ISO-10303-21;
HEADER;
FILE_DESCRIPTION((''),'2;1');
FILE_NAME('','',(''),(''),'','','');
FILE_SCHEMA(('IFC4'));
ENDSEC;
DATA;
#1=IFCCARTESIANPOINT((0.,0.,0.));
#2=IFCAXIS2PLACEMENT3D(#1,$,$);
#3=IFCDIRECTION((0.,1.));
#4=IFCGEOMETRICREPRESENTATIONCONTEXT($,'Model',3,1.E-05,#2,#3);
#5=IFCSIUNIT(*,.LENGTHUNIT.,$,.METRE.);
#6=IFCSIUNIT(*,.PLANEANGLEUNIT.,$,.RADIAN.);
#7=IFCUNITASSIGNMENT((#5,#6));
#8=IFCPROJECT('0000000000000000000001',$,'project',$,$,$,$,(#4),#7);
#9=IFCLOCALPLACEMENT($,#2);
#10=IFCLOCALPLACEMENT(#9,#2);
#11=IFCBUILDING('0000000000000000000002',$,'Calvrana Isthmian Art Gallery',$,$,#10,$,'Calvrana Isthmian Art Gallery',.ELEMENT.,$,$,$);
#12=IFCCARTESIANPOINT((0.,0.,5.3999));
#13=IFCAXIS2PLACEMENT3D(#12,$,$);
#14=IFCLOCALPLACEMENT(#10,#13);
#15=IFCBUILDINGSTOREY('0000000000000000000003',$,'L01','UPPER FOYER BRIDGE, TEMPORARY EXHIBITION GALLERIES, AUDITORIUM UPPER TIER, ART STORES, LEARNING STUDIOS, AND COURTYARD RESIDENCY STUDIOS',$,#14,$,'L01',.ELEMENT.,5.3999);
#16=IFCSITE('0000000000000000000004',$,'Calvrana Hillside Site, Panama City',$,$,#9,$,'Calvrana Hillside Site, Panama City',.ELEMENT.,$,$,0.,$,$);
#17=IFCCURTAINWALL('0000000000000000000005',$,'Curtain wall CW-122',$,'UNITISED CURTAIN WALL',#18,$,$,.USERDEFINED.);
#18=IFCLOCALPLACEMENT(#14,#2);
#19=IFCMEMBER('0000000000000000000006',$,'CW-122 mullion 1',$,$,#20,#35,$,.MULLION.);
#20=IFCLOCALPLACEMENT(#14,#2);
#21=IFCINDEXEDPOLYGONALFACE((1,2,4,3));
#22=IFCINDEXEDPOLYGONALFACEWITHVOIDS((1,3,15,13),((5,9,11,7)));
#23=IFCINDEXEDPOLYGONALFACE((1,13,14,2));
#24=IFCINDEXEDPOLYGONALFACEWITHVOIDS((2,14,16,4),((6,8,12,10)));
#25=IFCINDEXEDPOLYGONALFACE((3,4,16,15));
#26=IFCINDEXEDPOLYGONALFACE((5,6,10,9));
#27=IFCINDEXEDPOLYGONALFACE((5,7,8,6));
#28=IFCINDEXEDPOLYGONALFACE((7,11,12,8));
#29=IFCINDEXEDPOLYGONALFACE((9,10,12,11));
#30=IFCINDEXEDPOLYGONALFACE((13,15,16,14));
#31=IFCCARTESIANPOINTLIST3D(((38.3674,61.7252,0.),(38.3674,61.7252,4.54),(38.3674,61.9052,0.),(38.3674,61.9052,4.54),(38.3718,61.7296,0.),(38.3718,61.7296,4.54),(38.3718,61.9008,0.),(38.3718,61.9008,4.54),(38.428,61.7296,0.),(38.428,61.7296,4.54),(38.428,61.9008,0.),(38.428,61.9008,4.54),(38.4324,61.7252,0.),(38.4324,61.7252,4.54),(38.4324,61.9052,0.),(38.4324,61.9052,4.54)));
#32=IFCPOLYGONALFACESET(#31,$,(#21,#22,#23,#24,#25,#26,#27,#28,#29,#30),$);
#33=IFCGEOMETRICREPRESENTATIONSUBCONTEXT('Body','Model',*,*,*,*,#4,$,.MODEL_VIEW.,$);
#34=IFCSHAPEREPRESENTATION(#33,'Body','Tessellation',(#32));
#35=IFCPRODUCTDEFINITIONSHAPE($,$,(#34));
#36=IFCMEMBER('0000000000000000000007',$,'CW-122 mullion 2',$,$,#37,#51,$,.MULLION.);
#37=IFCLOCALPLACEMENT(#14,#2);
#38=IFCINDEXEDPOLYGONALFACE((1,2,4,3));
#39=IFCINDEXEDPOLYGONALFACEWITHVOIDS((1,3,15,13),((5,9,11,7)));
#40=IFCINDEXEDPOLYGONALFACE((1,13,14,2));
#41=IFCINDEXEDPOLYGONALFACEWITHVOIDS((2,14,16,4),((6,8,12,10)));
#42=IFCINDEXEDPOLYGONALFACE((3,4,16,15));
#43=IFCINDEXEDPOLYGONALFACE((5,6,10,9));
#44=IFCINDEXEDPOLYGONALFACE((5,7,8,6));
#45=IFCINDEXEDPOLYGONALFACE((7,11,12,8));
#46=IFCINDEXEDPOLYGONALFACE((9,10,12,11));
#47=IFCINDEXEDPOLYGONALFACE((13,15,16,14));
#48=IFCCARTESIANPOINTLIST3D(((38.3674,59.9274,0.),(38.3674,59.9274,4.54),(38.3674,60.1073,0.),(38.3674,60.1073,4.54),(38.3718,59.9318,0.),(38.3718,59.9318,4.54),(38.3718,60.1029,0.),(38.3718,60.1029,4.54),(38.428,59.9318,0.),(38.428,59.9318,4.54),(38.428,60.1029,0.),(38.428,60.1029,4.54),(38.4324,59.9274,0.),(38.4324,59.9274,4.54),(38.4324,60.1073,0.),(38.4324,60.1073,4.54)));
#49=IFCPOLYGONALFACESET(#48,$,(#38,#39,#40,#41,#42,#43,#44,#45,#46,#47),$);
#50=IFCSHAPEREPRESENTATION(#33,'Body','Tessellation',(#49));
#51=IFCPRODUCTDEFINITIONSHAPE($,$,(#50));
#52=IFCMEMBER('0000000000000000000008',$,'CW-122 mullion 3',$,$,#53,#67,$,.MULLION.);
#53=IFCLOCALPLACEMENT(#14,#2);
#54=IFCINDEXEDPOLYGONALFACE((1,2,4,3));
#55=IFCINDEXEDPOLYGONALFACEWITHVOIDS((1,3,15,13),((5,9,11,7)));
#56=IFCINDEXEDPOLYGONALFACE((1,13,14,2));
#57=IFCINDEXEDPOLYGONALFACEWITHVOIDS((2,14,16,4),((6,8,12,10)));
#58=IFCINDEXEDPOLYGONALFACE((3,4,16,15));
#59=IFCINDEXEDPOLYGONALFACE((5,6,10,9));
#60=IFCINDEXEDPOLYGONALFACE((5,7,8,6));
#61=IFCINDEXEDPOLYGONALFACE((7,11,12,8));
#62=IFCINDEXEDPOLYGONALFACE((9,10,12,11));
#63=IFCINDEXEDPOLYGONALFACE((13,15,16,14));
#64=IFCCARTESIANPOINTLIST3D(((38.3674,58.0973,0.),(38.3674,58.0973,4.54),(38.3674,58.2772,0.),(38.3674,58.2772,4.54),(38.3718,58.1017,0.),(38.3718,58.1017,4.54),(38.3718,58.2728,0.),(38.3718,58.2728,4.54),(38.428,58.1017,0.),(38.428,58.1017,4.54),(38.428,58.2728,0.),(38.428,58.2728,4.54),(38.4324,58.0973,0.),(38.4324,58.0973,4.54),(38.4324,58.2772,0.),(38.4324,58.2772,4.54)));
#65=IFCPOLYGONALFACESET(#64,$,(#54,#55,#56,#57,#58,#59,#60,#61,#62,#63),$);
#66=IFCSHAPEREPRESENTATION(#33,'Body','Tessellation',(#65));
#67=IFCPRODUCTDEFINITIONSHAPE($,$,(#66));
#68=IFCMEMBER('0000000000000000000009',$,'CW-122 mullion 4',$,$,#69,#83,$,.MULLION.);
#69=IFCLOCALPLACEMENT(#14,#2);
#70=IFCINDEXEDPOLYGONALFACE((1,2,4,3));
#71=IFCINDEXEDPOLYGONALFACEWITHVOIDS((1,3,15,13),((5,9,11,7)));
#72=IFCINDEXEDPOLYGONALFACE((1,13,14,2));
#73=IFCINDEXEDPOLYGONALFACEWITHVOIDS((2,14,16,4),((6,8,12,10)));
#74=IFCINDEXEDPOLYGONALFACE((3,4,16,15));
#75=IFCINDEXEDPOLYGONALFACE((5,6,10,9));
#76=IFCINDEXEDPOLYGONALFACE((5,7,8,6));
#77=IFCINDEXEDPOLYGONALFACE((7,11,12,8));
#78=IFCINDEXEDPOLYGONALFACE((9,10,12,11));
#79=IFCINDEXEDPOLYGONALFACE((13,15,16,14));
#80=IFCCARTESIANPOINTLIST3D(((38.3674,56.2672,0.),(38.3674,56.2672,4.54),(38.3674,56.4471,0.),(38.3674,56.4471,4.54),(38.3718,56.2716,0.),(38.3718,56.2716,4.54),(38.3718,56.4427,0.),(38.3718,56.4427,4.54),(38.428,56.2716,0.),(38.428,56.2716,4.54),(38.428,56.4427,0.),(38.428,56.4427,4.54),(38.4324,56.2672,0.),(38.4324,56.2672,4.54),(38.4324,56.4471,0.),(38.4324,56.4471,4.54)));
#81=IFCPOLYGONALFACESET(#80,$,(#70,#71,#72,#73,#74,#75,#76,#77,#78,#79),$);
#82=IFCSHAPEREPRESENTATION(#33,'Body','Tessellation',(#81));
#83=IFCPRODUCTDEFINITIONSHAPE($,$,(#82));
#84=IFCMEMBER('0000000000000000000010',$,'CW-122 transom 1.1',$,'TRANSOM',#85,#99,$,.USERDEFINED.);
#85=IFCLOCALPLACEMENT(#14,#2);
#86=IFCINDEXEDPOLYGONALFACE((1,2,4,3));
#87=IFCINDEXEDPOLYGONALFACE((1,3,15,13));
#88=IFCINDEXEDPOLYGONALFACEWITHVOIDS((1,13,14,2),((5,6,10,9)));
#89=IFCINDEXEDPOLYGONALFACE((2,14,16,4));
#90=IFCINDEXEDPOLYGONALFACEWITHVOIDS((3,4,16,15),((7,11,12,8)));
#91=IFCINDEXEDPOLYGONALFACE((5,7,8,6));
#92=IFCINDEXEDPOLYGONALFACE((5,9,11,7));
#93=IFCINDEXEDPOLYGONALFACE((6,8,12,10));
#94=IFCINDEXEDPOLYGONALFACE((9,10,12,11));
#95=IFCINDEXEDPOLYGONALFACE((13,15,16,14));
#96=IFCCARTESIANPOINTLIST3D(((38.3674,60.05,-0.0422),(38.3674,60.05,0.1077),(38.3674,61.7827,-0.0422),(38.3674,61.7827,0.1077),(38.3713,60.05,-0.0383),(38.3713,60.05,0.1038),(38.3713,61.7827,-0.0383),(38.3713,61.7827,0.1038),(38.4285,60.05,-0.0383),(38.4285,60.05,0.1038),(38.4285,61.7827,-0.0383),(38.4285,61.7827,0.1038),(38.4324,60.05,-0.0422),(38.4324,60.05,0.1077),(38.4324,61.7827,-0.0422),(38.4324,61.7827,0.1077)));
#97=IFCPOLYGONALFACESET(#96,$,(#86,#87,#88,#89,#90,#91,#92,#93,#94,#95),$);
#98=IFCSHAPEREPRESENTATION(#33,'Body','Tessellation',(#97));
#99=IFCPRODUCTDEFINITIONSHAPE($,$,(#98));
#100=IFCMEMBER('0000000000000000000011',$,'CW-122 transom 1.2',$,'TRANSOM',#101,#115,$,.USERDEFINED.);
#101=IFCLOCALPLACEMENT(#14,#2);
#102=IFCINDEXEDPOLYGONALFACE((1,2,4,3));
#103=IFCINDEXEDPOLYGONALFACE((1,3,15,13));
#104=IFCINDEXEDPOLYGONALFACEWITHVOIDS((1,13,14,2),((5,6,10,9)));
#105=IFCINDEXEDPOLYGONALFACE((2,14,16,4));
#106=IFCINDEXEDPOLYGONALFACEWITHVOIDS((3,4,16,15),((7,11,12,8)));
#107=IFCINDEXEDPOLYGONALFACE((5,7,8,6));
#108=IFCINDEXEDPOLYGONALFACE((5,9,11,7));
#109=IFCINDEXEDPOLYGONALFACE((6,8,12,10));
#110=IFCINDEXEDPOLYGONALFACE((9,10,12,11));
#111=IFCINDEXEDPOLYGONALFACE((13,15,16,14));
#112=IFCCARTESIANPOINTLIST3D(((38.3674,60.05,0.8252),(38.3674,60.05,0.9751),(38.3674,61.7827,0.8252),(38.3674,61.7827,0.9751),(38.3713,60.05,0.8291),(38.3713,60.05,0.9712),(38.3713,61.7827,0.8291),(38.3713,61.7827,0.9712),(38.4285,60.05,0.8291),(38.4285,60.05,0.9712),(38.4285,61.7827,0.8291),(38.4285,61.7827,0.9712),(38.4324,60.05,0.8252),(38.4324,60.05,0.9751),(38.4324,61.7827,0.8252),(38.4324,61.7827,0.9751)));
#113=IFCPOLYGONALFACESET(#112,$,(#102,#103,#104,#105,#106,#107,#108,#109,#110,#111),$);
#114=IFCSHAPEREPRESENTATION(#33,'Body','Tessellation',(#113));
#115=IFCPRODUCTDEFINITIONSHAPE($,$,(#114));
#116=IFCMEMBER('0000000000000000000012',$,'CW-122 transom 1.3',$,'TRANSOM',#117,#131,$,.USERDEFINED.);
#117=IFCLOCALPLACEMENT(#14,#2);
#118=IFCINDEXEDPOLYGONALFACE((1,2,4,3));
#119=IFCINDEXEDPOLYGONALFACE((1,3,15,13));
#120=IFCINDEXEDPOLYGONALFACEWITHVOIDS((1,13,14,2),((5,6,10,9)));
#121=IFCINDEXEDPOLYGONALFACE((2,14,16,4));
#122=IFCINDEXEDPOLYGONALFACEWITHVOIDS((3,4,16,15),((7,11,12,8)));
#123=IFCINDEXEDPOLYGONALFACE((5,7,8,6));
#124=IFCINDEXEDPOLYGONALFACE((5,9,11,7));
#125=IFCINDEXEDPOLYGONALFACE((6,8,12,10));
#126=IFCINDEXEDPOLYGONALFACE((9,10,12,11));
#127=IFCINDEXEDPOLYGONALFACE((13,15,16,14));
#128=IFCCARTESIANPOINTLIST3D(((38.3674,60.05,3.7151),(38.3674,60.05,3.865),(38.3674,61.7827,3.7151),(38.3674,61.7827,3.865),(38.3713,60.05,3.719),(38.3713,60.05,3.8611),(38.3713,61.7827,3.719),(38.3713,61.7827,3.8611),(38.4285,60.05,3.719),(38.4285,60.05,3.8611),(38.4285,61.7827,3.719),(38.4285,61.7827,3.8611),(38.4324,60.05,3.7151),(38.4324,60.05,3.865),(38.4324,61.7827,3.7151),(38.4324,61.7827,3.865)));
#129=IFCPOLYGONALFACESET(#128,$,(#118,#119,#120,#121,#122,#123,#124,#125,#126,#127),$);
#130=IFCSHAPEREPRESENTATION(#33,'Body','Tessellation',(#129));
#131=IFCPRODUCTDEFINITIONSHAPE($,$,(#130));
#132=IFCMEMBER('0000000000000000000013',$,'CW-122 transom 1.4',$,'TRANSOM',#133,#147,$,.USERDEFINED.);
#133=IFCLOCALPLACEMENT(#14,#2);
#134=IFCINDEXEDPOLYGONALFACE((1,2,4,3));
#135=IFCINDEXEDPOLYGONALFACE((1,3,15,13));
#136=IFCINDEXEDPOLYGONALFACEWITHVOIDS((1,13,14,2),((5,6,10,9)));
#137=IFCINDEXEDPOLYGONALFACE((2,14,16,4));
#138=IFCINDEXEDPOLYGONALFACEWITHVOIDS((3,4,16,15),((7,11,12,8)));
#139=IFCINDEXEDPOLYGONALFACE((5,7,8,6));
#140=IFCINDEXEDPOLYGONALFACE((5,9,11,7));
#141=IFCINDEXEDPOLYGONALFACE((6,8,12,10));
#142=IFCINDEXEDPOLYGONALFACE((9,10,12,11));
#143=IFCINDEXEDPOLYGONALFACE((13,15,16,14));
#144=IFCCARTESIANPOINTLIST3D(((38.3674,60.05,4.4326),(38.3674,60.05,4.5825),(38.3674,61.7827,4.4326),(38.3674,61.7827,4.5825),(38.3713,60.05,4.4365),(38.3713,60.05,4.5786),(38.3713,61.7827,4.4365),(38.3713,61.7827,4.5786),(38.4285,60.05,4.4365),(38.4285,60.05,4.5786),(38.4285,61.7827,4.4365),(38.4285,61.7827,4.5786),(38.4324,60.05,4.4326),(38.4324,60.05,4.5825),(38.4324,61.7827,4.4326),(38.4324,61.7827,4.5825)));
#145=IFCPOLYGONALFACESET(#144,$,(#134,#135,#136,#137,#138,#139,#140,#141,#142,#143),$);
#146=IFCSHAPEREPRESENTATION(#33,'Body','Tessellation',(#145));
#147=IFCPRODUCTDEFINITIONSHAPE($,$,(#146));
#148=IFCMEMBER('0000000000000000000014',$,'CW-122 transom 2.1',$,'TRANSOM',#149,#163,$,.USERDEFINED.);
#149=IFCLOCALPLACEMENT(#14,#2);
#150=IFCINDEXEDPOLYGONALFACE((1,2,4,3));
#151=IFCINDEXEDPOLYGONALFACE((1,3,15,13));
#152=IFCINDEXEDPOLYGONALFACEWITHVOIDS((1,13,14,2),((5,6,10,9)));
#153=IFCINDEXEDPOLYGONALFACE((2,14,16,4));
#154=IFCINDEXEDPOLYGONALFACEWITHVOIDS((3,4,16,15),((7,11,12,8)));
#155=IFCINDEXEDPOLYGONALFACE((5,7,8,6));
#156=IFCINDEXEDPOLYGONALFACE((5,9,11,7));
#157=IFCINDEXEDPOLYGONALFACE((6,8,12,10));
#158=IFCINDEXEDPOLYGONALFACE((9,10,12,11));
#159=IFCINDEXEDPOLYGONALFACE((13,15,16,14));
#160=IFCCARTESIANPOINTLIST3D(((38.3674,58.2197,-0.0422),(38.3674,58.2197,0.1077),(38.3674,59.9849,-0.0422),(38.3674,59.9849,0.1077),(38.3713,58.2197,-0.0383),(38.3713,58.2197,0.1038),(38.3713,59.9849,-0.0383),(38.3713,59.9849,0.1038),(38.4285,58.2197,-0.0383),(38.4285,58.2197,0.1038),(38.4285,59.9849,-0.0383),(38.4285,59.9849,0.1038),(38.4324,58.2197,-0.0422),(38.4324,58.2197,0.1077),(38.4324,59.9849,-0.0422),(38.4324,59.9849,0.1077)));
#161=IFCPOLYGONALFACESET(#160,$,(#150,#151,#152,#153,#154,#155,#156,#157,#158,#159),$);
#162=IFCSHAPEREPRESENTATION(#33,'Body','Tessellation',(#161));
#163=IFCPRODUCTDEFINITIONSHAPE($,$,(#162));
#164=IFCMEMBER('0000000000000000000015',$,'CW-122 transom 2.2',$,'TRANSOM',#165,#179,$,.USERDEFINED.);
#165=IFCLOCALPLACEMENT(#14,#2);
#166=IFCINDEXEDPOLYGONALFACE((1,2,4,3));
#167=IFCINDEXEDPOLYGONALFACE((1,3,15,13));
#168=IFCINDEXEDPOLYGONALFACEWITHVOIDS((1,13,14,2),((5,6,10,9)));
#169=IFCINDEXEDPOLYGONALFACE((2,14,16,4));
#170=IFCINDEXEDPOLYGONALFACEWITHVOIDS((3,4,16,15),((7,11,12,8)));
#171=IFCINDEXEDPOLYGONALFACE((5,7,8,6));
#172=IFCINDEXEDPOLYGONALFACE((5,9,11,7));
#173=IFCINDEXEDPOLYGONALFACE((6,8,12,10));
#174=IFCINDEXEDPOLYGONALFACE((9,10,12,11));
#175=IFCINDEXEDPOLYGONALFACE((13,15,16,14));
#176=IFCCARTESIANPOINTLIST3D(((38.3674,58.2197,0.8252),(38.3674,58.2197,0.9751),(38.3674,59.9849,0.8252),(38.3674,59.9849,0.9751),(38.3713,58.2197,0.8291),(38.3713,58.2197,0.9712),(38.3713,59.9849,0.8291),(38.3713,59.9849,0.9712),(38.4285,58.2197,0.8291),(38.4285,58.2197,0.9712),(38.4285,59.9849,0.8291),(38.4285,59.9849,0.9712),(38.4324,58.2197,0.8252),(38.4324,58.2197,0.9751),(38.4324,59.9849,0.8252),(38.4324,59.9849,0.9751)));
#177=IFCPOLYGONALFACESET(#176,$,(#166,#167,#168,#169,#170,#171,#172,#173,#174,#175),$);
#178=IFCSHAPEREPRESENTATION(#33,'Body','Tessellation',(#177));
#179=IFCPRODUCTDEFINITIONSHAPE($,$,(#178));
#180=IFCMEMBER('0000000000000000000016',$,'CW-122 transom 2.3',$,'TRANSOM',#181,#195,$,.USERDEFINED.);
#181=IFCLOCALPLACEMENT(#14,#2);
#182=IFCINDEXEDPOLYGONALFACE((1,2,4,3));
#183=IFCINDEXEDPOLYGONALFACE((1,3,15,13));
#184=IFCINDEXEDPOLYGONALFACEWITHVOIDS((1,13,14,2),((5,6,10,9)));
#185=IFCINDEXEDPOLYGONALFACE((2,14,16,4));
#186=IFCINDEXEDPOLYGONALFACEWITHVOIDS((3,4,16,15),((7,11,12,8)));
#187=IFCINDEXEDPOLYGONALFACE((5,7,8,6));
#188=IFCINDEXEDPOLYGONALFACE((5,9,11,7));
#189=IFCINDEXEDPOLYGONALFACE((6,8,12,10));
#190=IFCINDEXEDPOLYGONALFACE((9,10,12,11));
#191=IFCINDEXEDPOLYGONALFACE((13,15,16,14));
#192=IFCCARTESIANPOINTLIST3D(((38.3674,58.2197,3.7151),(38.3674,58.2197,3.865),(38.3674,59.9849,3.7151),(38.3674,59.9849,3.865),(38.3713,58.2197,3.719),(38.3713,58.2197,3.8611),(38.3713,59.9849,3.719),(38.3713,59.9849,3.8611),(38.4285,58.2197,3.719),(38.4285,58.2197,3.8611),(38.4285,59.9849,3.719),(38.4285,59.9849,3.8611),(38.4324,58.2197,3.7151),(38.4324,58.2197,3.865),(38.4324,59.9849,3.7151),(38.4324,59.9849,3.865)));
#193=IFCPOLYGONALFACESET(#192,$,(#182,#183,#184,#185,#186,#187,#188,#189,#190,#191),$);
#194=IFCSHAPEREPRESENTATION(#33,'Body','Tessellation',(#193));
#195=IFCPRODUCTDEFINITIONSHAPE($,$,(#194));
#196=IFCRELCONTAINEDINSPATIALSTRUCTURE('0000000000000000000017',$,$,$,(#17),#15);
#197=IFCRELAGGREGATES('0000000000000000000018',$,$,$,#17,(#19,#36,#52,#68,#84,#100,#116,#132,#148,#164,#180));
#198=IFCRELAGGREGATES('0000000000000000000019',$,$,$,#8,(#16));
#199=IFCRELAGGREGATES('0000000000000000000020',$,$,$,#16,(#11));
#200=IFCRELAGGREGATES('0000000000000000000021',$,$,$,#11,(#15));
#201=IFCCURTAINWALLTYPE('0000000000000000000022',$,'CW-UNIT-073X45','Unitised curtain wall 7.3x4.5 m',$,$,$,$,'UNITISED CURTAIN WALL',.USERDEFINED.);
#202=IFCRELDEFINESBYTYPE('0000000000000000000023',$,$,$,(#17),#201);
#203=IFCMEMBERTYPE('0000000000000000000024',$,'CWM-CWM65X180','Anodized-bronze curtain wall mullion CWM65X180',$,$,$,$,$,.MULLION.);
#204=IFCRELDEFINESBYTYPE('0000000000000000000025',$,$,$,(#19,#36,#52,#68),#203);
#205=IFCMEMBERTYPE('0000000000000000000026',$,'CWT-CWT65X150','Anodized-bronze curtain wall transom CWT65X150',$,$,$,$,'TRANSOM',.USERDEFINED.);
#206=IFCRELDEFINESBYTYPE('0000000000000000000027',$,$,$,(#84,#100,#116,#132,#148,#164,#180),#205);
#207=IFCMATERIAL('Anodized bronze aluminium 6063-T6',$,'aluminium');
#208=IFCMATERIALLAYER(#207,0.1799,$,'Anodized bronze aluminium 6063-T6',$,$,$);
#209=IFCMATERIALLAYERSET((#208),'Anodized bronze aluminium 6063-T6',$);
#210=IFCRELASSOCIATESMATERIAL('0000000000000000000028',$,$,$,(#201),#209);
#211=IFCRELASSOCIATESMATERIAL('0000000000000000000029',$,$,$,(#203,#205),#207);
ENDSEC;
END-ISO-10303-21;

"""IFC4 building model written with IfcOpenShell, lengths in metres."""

from ifc_helpers import new_model, si_unit, direction, frame, origin, origin_2d, place, context, subcontext, project, spatial, hollow_rectangle, extrude, material, layer, layer_set, material_profile, profile_set, type_object, element, aggregate, save


model = new_model("IFC4")

# Units and contexts
model_context = context("Model", 3, precision=1e-05, world=origin(), true_north=direction((0.0, 1.0)))
body_context = subcontext(model_context, "Body", "Model", "MODEL_VIEW")
ifc_project = project(units=[si_unit("LENGTHUNIT", "METRE"), si_unit("PLANEANGLEUNIT", "RADIAN")], contexts=[model_context])

# Site, building, storey
site_placement = place(None, origin())
site = spatial("IfcSite", under=ifc_project, at=site_placement, Name="Calvrana Hillside Site, Panama City", LongName="Calvrana Hillside Site, Panama City", CompositionType="ELEMENT", RefElevation=0.0)
building_placement = place(site_placement, origin())
building = spatial("IfcBuilding", under=site, at=building_placement, Name="Calvrana Isthmian Art Gallery", LongName="Calvrana Isthmian Art Gallery", CompositionType="ELEMENT")
storey_placement = place(building_placement, frame((0.0, 0.0, 5.3999)))
storey = spatial("IfcBuildingStorey", under=building, at=storey_placement, Name="L01", Description="UPPER FOYER BRIDGE, TEMPORARY EXHIBITION GALLERIES, AUDITORIUM UPPER TIER, ART STORES, LEARNING STUDIOS, AND COURTYARD RESIDENCY STUDIOS", LongName="L01", CompositionType="ELEMENT", Elevation=5.3999)

# Curtain wall, members
ifc_material_1 = material(Name="Anodized bronze aluminium 6063-T6", Category="aluminium")
ifc_layer_1 = layer(ifc_material_1, 0.1799, Name="Anodized bronze aluminium 6063-T6")
ifc_layer_set_1 = layer_set([ifc_layer_1], Name="Anodized bronze aluminium 6063-T6")
curtain_wall_type_1 = type_object("IfcCurtainWallType", Name="CW-UNIT-073X45", Description="Unitised curtain wall 7.3x4.5 m", ElementType="UNITISED CURTAIN WALL", PredefinedType="USERDEFINED", material=ifc_layer_set_1)
curtain_wall_1_placement = place(storey_placement, origin())
curtain_wall_1 = element("IfcCurtainWall", 1, at=curtain_wall_1_placement, inside=storey, type_object=curtain_wall_type_1, Name="Curtain wall CW-122", ObjectType="UNITISED CURTAIN WALL", PredefinedType="USERDEFINED")
ifc_material_profile_1 = material_profile(ifc_material_1, hollow_rectangle(XDim=0.0649, YDim=0.1799, WallThickness=0.0044, at=origin_2d()), Name="CWM65X180")
ifc_profile_set_1 = profile_set([ifc_material_profile_1], Name="Anodized bronze aluminium 6063-T6")
member_type_1 = type_object("IfcMemberType", Name="CWM-CWM65X180", Description="Anodized-bronze curtain wall mullion CWM65X180", PredefinedType="MULLION", material=ifc_profile_set_1)
member_1_placement = place(storey_placement, frame((38.3999, 61.8152, 0.0), z_axis=(0.0, 0.0, 1.0), x_axis=(1.0, 0.0, 0.0)))
member_1 = element("IfcMember", 2, at=member_1_placement, type_object=member_type_1, Name="CW-122 mullion 1", PredefinedType="MULLION", context=body_context, shape_type="SweptSolid", body=[
    extrude(hollow_rectangle(XDim=0.0649, YDim=0.1799, WallThickness=0.0044, at=origin_2d()), origin(), (0.0, 0.0, 1.0), 4.54),
])
member_2_placement = place(storey_placement, frame((38.3999, 60.0173, 0.0), z_axis=(0.0, 0.0, 1.0), x_axis=(1.0, 0.0, 0.0)))
member_2 = element("IfcMember", 3, at=member_2_placement, type_object=member_type_1, Name="CW-122 mullion 2", PredefinedType="MULLION", context=body_context, shape_type="SweptSolid", body=[
    extrude(hollow_rectangle(XDim=0.0649, YDim=0.1799, WallThickness=0.0044, at=origin_2d()), origin(), (0.0, 0.0, 1.0), 4.54),
])
member_3_placement = place(storey_placement, frame((38.3999, 58.1873, 0.0), z_axis=(0.0, 0.0, 1.0), x_axis=(1.0, 0.0, 0.0)))
member_3 = element("IfcMember", 4, at=member_3_placement, type_object=member_type_1, Name="CW-122 mullion 3", PredefinedType="MULLION", context=body_context, shape_type="SweptSolid", body=[
    extrude(hollow_rectangle(XDim=0.0649, YDim=0.1799, WallThickness=0.0044, at=origin_2d()), origin(), (0.0, 0.0, 1.0), 4.54),
])
member_4_placement = place(storey_placement, frame((38.3999, 56.3572, 0.0), z_axis=(0.0, 0.0, 1.0), x_axis=(1.0, 0.0, 0.0)))
member_4 = element("IfcMember", 5, at=member_4_placement, type_object=member_type_1, Name="CW-122 mullion 4", PredefinedType="MULLION", context=body_context, shape_type="SweptSolid", body=[
    extrude(hollow_rectangle(XDim=0.0649, YDim=0.1799, WallThickness=0.0044, at=origin_2d()), origin(), (0.0, 0.0, 1.0), 4.54),
])
ifc_material_profile_2 = material_profile(ifc_material_1, hollow_rectangle(XDim=0.0649, YDim=0.1499, WallThickness=0.0039, at=origin_2d()), Name="CWT65X150")
ifc_profile_set_2 = profile_set([ifc_material_profile_2], Name="Anodized bronze aluminium 6063-T6")
member_type_2 = type_object("IfcMemberType", Name="CWT-CWT65X150", Description="Anodized-bronze curtain wall transom CWT65X150", ElementType="TRANSOM", PredefinedType="USERDEFINED", material=ifc_profile_set_2)
member_5_placement = place(storey_placement, frame((38.3999, 61.7827, 0.0327), z_axis=(0.0, -1.0, 0.0), x_axis=(1.0, 0.0, 0.0)))
member_5 = element("IfcMember", 6, at=member_5_placement, type_object=member_type_2, Name="CW-122 transom 1.1", ObjectType="TRANSOM", PredefinedType="USERDEFINED", context=body_context, shape_type="SweptSolid", body=[
    extrude(hollow_rectangle(XDim=0.0649, YDim=0.1499, WallThickness=0.0039, at=origin_2d()), origin(), (0.0, 0.0, 1.0), 1.7327),
])
member_6_placement = place(storey_placement, frame((38.3999, 61.7827, 0.9001), z_axis=(0.0, -1.0, 0.0), x_axis=(1.0, 0.0, 0.0)))
member_6 = element("IfcMember", 7, at=member_6_placement, type_object=member_type_2, Name="CW-122 transom 1.2", ObjectType="TRANSOM", PredefinedType="USERDEFINED", context=body_context, shape_type="SweptSolid", body=[
    extrude(hollow_rectangle(XDim=0.0649, YDim=0.1499, WallThickness=0.0039, at=origin_2d()), origin(), (0.0, 0.0, 1.0), 1.7327),
])
member_7_placement = place(storey_placement, frame((38.3999, 61.7827, 3.79), z_axis=(0.0, -1.0, 0.0), x_axis=(1.0, 0.0, 0.0)))
member_7 = element("IfcMember", 8, at=member_7_placement, type_object=member_type_2, Name="CW-122 transom 1.3", ObjectType="TRANSOM", PredefinedType="USERDEFINED", context=body_context, shape_type="SweptSolid", body=[
    extrude(hollow_rectangle(XDim=0.0649, YDim=0.1499, WallThickness=0.0039, at=origin_2d()), origin(), (0.0, 0.0, 1.0), 1.7327),
])
member_8_placement = place(storey_placement, frame((38.3999, 61.7827, 4.5076), z_axis=(0.0, -1.0, 0.0), x_axis=(1.0, 0.0, 0.0)))
member_8 = element("IfcMember", 9, at=member_8_placement, type_object=member_type_2, Name="CW-122 transom 1.4", ObjectType="TRANSOM", PredefinedType="USERDEFINED", context=body_context, shape_type="SweptSolid", body=[
    extrude(hollow_rectangle(XDim=0.0649, YDim=0.1499, WallThickness=0.0039, at=origin_2d()), origin(), (0.0, 0.0, 1.0), 1.7327),
])
member_9_placement = place(storey_placement, frame((38.3999, 59.9849, 0.0327), z_axis=(0.0, -1.0, 0.0), x_axis=(1.0, 0.0, 0.0)))
member_9 = element("IfcMember", 10, at=member_9_placement, type_object=member_type_2, Name="CW-122 transom 2.1", ObjectType="TRANSOM", PredefinedType="USERDEFINED", context=body_context, shape_type="SweptSolid", body=[
    extrude(hollow_rectangle(XDim=0.0649, YDim=0.1499, WallThickness=0.0039, at=origin_2d()), origin(), (0.0, 0.0, 1.0), 1.7651),
])
member_10_placement = place(storey_placement, frame((38.3999, 59.9849, 0.9001), z_axis=(0.0, -1.0, 0.0), x_axis=(1.0, 0.0, 0.0)))
member_10 = element("IfcMember", 11, at=member_10_placement, type_object=member_type_2, Name="CW-122 transom 2.2", ObjectType="TRANSOM", PredefinedType="USERDEFINED", context=body_context, shape_type="SweptSolid", body=[
    extrude(hollow_rectangle(XDim=0.0649, YDim=0.1499, WallThickness=0.0039, at=origin_2d()), origin(), (0.0, 0.0, 1.0), 1.7651),
])
member_11_placement = place(storey_placement, frame((38.3999, 59.9849, 3.79), z_axis=(0.0, -1.0, 0.0), x_axis=(1.0, 0.0, 0.0)))
member_11 = element("IfcMember", 12, at=member_11_placement, type_object=member_type_2, Name="CW-122 transom 2.3", ObjectType="TRANSOM", PredefinedType="USERDEFINED", context=body_context, shape_type="SweptSolid", body=[
    extrude(hollow_rectangle(XDim=0.0649, YDim=0.1499, WallThickness=0.0039, at=origin_2d()), origin(), (0.0, 0.0, 1.0), 1.7651),
])

aggregate(curtain_wall_1, [member_1, member_2, member_3, member_4, member_5, member_6, member_7, member_8, member_9, member_10, member_11])

save(model, "model.ifc")
